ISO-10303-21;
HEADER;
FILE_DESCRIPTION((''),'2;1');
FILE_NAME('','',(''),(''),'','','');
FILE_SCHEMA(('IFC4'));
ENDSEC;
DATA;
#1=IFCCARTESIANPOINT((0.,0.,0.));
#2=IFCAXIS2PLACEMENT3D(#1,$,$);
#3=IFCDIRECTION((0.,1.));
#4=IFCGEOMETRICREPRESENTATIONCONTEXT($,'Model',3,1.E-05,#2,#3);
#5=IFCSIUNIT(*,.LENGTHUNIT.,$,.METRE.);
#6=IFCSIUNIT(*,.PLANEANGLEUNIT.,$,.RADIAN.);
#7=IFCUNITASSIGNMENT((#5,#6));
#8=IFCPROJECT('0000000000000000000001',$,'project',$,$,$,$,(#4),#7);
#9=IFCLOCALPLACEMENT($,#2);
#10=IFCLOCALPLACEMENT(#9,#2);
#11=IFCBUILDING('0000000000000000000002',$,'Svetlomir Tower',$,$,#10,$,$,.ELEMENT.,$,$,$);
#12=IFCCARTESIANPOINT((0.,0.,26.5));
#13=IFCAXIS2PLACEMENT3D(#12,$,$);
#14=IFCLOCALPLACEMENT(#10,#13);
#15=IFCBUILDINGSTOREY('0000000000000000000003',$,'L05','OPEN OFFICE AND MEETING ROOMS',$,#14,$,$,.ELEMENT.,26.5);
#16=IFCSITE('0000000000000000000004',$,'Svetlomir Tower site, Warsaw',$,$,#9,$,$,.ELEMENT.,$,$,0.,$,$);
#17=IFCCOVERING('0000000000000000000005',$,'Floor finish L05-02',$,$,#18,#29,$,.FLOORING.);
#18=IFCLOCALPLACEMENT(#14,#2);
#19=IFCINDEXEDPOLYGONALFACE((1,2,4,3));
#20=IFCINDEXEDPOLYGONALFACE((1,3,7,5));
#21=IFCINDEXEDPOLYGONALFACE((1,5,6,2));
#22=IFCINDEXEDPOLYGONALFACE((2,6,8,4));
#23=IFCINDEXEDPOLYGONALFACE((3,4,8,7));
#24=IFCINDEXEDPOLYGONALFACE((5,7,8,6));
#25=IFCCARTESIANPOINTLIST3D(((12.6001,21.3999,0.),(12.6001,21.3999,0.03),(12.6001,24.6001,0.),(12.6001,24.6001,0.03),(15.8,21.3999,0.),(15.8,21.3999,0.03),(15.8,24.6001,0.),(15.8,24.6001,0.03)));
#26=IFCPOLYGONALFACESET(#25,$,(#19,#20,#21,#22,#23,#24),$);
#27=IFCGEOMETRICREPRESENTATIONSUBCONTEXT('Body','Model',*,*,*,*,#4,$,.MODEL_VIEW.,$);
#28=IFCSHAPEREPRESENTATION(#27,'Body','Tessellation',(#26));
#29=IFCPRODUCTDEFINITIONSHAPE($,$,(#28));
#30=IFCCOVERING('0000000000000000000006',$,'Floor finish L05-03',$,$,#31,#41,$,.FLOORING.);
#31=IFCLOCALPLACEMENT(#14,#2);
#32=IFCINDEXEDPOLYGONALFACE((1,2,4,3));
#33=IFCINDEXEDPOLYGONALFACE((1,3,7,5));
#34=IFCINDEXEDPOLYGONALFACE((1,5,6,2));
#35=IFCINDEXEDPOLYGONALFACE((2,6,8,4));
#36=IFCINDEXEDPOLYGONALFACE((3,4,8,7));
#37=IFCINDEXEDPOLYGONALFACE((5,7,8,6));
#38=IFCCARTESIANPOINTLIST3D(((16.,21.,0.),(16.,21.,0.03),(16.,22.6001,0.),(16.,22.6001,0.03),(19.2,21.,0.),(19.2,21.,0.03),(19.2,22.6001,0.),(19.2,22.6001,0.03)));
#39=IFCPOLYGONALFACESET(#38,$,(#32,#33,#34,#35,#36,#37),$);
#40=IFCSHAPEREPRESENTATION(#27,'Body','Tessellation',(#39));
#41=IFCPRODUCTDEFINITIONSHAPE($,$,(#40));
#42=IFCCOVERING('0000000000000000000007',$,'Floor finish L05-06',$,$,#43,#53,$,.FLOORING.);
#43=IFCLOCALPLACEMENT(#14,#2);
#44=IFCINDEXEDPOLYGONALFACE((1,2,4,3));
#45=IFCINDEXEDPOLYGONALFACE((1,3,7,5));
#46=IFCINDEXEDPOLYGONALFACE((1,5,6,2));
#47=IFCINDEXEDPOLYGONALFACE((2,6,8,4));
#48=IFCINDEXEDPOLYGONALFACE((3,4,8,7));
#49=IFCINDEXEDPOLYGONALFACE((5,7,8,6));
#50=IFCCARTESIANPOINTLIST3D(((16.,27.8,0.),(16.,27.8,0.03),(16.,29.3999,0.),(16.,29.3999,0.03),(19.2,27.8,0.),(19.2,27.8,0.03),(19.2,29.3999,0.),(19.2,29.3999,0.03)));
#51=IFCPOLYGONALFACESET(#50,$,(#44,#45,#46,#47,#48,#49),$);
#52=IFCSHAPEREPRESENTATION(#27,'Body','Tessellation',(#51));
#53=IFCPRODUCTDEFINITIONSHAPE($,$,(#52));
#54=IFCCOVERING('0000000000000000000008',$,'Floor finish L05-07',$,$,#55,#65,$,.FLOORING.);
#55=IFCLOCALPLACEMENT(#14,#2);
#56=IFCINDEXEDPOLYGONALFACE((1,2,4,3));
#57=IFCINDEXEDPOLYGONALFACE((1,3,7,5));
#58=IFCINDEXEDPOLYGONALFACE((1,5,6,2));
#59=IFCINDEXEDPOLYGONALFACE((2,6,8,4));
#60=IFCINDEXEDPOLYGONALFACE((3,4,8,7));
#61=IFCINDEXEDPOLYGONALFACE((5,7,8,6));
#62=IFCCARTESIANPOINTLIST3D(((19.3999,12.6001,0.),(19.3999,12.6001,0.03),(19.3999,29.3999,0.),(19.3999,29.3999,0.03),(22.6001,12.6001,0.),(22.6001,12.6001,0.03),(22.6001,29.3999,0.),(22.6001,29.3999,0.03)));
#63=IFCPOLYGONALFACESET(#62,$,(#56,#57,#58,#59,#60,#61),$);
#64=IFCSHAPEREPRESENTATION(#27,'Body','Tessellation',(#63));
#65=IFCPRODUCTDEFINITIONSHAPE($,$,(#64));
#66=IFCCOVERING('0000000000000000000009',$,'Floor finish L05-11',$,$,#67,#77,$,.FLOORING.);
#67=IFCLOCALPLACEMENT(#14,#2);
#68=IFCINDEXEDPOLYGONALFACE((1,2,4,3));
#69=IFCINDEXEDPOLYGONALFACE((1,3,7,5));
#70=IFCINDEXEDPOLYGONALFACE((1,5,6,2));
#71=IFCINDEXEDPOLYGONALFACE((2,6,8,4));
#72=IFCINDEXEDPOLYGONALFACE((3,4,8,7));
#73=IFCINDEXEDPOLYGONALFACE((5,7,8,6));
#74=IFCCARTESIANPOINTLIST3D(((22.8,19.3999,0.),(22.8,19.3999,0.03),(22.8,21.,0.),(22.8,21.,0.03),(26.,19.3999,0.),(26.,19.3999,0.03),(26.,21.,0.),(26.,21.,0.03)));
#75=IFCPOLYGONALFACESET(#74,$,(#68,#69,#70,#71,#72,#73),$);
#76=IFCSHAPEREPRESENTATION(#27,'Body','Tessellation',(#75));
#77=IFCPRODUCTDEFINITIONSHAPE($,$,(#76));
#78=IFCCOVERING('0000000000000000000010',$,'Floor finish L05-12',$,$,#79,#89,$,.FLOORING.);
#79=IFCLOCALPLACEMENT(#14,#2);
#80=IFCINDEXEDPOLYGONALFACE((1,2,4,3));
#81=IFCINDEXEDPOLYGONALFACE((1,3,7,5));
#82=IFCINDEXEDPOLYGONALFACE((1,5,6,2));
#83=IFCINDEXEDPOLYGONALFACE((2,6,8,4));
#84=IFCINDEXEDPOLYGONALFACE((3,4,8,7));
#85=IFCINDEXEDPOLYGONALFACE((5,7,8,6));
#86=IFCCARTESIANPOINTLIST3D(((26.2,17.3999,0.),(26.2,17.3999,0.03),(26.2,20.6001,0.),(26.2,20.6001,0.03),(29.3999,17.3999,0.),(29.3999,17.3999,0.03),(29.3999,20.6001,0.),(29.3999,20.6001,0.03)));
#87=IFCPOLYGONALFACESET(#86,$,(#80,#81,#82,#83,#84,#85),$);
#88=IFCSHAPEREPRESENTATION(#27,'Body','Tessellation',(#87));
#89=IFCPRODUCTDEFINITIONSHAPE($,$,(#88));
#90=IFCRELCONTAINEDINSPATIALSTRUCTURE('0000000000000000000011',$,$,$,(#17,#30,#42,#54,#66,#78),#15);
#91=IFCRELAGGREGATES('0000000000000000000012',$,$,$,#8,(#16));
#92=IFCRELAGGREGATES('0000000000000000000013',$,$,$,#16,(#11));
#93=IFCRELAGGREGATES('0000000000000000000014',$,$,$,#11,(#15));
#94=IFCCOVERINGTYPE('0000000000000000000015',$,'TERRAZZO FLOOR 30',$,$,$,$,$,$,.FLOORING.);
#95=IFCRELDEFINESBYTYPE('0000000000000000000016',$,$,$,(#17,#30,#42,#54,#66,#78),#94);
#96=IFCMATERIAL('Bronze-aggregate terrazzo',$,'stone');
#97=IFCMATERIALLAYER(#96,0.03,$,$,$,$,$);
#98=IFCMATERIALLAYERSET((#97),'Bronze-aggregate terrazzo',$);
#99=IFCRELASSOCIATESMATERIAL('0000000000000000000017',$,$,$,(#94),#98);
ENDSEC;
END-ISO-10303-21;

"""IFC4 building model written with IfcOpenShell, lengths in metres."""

from ifc_helpers import new_model, si_unit, direction, frame, origin, place, context, subcontext, project, spatial, polyline, outline, extrude, material, layer, layer_set, type_object, element, save


model = new_model("IFC4")

# Units and contexts
model_context = context("Model", 3, precision=1e-05, world=origin(), true_north=direction((0.0, 1.0)))
body_context = subcontext(model_context, "Body", "Model", "MODEL_VIEW")
ifc_project = project(units=[si_unit("LENGTHUNIT", "METRE"), si_unit("PLANEANGLEUNIT", "RADIAN")], contexts=[model_context])

# Site, building, storey
site_placement = place(None, origin())
site = spatial("IfcSite", under=ifc_project, at=site_placement, Name="Svetlomir Tower site, Warsaw", CompositionType="ELEMENT", RefElevation=0.0)
building_placement = place(site_placement, origin())
building = spatial("IfcBuilding", under=site, at=building_placement, Name="Svetlomir Tower", CompositionType="ELEMENT")
storey_placement = place(building_placement, frame((0.0, 0.0, 26.5)))
storey = spatial("IfcBuildingStorey", under=building, at=storey_placement, Name="L05", Description="OPEN OFFICE AND MEETING ROOMS", CompositionType="ELEMENT", Elevation=26.5)

# Coverings
ifc_material_1 = material(Name="Bronze-aggregate terrazzo", Category="stone")
ifc_layer_1 = layer(ifc_material_1, 0.03)
ifc_layer_set_1 = layer_set([ifc_layer_1], Name="Bronze-aggregate terrazzo")
covering_type_1 = type_object("IfcCoveringType", Name="TERRAZZO FLOOR 30", PredefinedType="FLOORING", material=ifc_layer_set_1)
covering_1_placement = place(storey_placement, origin())
element("IfcCovering", 1, at=covering_1_placement, inside=storey, type_object=covering_type_1, Name="Floor finish L05-02", PredefinedType="FLOORING", context=body_context, shape_type="SweptSolid", body=[
    extrude(outline(polyline([(12.6001, 21.3999), (15.8, 21.3999), (15.8, 24.6001), (12.6001, 24.6001), (12.6001, 21.3999)])), origin(), (0.0, 0.0, 1.0), 0.03),
])
covering_2_placement = place(storey_placement, origin())
element("IfcCovering", 2, at=covering_2_placement, inside=storey, type_object=covering_type_1, Name="Floor finish L05-03", PredefinedType="FLOORING", context=body_context, shape_type="SweptSolid", body=[
    extrude(outline(polyline([(16.0, 21.0), (19.2, 21.0), (19.2, 22.6001), (16.0, 22.6001), (16.0, 21.0)])), origin(), (0.0, 0.0, 1.0), 0.03),
])
covering_3_placement = place(storey_placement, origin())
element("IfcCovering", 3, at=covering_3_placement, inside=storey, type_object=covering_type_1, Name="Floor finish L05-06", PredefinedType="FLOORING", context=body_context, shape_type="SweptSolid", body=[
    extrude(outline(polyline([(16.0, 27.8), (19.2, 27.8), (19.2, 29.3999), (16.0, 29.3999), (16.0, 27.8)])), origin(), (0.0, 0.0, 1.0), 0.03),
])
covering_4_placement = place(storey_placement, origin())
element("IfcCovering", 4, at=covering_4_placement, inside=storey, type_object=covering_type_1, Name="Floor finish L05-07", PredefinedType="FLOORING", context=body_context, shape_type="SweptSolid", body=[
    extrude(outline(polyline([(19.3999, 12.6001), (22.6001, 12.6001), (22.6001, 29.3999), (19.3999, 29.3999), (19.3999, 12.6001)])), origin(), (0.0, 0.0, 1.0), 0.03),
])
covering_5_placement = place(storey_placement, origin())
element("IfcCovering", 5, at=covering_5_placement, inside=storey, type_object=covering_type_1, Name="Floor finish L05-11", PredefinedType="FLOORING", context=body_context, shape_type="SweptSolid", body=[
    extrude(outline(polyline([(22.8, 19.3999), (26.0, 19.3999), (26.0, 21.0), (22.8, 21.0), (22.8, 19.3999)])), origin(), (0.0, 0.0, 1.0), 0.03),
])
covering_6_placement = place(storey_placement, origin())
element("IfcCovering", 6, at=covering_6_placement, inside=storey, type_object=covering_type_1, Name="Floor finish L05-12", PredefinedType="FLOORING", context=body_context, shape_type="SweptSolid", body=[
    extrude(outline(polyline([(26.2, 17.3999), (29.3999, 17.3999), (29.3999, 20.6001), (26.2, 20.6001), (26.2, 17.3999)])), origin(), (0.0, 0.0, 1.0), 0.03),
])

save(model, "model.ifc")
